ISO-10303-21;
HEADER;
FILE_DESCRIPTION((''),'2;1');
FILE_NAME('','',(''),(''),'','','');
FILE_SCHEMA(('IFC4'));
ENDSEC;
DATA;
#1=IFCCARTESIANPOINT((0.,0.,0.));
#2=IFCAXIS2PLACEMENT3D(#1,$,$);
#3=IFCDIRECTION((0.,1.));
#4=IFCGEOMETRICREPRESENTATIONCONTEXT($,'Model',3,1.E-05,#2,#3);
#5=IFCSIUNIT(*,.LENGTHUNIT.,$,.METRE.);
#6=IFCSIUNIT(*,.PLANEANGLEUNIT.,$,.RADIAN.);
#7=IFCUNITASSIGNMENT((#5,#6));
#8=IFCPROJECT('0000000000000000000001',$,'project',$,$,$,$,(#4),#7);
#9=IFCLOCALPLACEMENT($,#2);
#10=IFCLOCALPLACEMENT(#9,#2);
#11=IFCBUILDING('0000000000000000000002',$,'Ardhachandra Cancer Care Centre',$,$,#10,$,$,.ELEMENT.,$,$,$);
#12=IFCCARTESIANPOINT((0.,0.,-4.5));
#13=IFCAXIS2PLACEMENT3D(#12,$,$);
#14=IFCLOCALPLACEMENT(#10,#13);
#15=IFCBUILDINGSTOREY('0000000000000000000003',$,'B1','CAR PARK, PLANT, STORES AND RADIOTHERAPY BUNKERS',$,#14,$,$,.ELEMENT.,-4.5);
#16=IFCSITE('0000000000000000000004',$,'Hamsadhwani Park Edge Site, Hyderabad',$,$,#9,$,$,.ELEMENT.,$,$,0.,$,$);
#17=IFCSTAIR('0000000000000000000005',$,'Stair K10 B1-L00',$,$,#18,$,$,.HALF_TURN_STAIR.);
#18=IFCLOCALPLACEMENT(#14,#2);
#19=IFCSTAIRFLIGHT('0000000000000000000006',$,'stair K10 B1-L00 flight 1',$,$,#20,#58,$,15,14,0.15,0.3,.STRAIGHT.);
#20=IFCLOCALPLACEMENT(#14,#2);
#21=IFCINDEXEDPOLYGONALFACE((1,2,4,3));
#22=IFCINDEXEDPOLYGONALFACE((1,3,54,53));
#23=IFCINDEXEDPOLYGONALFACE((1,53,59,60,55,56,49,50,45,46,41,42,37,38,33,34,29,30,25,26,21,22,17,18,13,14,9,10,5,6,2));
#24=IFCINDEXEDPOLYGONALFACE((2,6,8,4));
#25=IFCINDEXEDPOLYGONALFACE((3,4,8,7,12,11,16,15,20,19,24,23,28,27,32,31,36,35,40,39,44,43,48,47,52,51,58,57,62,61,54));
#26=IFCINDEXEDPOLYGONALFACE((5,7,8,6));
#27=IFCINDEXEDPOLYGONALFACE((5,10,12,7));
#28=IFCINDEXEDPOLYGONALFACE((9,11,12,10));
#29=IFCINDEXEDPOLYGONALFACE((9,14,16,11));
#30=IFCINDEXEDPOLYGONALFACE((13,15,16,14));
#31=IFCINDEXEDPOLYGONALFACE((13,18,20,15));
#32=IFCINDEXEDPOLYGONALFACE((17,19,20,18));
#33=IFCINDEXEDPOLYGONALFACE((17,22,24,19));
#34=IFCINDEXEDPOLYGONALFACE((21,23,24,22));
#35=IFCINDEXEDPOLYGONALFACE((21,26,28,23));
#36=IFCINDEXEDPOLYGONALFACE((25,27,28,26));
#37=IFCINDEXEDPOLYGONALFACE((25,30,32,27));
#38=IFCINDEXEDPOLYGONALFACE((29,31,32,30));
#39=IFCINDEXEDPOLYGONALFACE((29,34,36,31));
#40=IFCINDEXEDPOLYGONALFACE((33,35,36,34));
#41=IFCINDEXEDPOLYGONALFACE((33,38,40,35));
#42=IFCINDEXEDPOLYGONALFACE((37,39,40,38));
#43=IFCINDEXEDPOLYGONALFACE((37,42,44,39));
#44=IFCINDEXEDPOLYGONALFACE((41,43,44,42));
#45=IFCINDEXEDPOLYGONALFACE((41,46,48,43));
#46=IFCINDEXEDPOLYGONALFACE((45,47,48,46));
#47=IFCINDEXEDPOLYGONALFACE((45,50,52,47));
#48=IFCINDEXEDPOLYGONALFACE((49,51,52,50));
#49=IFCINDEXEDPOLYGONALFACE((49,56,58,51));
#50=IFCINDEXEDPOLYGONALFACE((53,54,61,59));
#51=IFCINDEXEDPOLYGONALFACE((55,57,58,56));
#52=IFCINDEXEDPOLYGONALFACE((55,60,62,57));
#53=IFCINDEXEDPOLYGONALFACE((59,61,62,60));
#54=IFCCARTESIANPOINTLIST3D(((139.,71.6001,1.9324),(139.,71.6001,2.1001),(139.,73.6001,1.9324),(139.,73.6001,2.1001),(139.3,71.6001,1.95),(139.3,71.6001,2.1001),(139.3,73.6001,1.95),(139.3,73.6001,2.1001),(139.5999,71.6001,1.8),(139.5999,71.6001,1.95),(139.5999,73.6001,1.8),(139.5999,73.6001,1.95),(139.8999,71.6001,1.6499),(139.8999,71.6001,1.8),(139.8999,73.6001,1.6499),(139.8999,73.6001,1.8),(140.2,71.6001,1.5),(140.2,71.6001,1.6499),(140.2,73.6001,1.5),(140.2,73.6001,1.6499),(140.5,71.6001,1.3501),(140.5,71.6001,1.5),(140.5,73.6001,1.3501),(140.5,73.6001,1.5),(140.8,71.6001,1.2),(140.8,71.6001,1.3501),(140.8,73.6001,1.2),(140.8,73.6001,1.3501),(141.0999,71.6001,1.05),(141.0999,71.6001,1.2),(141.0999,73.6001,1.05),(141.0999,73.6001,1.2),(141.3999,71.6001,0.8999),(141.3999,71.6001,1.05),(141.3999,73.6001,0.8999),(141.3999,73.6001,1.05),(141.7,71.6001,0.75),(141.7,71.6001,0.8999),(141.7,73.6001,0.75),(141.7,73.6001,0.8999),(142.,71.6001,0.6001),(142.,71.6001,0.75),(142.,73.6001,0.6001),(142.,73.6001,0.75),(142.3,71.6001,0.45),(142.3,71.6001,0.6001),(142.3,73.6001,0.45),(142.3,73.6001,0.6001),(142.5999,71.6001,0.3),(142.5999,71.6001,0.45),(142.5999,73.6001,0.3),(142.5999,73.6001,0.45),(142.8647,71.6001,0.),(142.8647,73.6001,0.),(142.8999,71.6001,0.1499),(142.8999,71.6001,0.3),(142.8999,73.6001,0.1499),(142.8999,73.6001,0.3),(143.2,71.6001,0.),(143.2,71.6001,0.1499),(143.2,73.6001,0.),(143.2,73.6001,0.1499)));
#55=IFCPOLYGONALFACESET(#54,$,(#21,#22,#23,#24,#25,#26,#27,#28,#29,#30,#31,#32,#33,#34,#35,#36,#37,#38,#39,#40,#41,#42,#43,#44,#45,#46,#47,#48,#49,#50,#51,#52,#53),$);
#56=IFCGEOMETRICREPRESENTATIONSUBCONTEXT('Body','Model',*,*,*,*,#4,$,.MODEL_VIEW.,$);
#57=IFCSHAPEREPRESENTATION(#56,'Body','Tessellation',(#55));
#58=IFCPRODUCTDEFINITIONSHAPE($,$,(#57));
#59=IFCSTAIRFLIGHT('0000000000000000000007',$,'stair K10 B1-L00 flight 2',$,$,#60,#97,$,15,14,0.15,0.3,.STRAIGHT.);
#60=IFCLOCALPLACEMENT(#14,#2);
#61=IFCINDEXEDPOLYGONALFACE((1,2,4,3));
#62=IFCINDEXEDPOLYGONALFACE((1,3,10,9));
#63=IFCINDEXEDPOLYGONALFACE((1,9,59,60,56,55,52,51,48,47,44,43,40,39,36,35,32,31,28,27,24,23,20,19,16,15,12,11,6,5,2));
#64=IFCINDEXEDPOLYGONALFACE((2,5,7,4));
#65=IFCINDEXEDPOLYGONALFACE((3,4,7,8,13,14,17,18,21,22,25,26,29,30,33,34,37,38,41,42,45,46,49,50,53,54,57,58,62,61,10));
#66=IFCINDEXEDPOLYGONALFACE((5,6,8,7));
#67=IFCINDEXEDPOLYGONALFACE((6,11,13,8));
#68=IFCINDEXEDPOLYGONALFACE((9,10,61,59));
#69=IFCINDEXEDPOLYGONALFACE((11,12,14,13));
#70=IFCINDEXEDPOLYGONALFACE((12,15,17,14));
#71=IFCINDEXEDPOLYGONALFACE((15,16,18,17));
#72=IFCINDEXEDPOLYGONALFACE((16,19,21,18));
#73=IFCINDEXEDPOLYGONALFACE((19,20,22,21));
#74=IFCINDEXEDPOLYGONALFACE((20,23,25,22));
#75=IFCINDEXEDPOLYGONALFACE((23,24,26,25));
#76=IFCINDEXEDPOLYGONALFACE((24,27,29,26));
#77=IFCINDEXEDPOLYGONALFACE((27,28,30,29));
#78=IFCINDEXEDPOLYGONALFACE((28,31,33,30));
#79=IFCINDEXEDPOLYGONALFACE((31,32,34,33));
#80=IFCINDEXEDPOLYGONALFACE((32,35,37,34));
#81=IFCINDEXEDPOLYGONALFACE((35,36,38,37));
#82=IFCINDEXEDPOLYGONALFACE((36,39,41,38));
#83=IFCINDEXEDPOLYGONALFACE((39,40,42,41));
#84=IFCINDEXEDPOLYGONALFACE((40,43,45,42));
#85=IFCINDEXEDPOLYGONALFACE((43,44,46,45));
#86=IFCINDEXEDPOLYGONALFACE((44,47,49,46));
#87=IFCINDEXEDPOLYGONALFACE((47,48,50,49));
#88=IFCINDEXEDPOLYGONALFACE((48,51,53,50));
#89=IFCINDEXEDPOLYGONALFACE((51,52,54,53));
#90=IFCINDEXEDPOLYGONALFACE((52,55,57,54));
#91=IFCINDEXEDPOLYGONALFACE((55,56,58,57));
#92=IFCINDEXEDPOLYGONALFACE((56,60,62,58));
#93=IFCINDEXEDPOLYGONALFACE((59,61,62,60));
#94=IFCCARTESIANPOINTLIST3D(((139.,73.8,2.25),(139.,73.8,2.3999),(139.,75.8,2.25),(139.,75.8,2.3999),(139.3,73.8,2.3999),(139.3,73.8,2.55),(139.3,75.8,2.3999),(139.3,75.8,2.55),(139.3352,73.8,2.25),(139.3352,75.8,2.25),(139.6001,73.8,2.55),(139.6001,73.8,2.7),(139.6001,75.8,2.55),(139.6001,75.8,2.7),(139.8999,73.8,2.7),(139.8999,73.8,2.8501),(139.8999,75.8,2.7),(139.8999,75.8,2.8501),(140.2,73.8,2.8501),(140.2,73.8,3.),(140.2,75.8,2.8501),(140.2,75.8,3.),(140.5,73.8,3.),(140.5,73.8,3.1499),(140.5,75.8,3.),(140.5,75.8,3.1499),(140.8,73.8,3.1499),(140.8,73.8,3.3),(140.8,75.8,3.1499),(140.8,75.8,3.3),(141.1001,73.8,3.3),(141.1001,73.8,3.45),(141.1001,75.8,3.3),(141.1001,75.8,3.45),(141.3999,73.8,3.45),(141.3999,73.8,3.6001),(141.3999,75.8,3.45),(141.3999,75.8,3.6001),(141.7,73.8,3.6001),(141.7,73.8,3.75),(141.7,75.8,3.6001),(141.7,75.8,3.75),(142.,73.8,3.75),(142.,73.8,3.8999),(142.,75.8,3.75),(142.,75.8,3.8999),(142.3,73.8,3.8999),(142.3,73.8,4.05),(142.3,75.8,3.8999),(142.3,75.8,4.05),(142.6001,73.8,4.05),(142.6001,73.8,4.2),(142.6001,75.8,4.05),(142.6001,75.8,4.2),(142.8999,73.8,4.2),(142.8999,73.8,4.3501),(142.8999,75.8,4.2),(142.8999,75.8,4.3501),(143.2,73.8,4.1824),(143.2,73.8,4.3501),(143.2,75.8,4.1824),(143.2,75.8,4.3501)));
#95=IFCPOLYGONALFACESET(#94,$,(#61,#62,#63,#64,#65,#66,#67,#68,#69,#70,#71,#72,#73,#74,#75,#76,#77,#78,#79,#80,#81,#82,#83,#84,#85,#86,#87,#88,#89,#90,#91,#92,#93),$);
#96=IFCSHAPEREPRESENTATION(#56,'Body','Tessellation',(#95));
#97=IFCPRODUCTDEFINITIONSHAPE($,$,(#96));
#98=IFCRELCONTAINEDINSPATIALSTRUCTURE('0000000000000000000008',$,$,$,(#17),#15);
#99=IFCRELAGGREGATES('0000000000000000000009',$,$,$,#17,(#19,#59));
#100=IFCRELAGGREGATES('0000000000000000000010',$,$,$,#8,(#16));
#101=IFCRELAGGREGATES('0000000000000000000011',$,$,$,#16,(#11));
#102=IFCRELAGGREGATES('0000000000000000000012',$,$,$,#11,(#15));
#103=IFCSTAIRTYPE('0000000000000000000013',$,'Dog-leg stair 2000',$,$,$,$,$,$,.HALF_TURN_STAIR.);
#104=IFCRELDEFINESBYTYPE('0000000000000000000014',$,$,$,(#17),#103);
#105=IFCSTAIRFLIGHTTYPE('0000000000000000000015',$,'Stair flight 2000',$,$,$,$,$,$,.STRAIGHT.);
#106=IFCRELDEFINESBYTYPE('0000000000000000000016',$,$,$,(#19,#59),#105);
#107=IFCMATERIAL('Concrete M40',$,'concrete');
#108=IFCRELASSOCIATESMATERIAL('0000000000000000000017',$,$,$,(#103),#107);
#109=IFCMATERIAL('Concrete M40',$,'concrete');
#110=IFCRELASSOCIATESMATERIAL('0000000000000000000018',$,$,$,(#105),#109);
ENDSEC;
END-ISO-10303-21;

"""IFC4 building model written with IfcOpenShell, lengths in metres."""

from ifc_helpers import new_model, si_unit, direction, frame, origin, place, context, subcontext, project, spatial, polyline, outline, extrude, material, type_object, element, aggregate, save


model = new_model("IFC4")

# Units and contexts
model_context = context("Model", 3, precision=1e-05, world=origin(), true_north=direction((0.0, 1.0)))
body_context = subcontext(model_context, "Body", "Model", "MODEL_VIEW")
ifc_project = project(units=[si_unit("LENGTHUNIT", "METRE"), si_unit("PLANEANGLEUNIT", "RADIAN")], contexts=[model_context])

# Site, building, storey
site_placement = place(None, origin())
site = spatial("IfcSite", under=ifc_project, at=site_placement, Name="Hamsadhwani Park Edge Site, Hyderabad", CompositionType="ELEMENT", RefElevation=0.0)
building_placement = place(site_placement, origin())
building = spatial("IfcBuilding", under=site, at=building_placement, Name="Ardhachandra Cancer Care Centre", CompositionType="ELEMENT")
storey_placement = place(building_placement, frame((0.0, 0.0, -4.5)))
storey = spatial("IfcBuildingStorey", under=building, at=storey_placement, Name="B1", Description="CAR PARK, PLANT, STORES AND RADIOTHERAPY BUNKERS", CompositionType="ELEMENT", Elevation=-4.5)

# Stair, stair flights
ifc_material_1 = material(Name="Concrete M40", Category="concrete")
stair_type = type_object("IfcStairType", Name="Dog-leg stair 2000", PredefinedType="HALF_TURN_STAIR", material=ifc_material_1)
stair_placement = place(storey_placement, origin())
stair = element("IfcStair", 1, at=stair_placement, inside=storey, type_object=stair_type, Name="Stair K10 B1-L00", PredefinedType="HALF_TURN_STAIR")
ifc_material_2 = material(Name="Concrete M40", Category="concrete")
stair_flight_type = type_object("IfcStairFlightType", Name="Stair flight 2000", PredefinedType="STRAIGHT", material=ifc_material_2)
stair_flight_1_placement = place(storey_placement, frame((143.2, 72.6001, 0.0), z_axis=(0.0, 0.0, 1.0), x_axis=(-1.0, 0.0, 0.0)))
stair_flight_1 = element("IfcStairFlight", 2, at=stair_flight_1_placement, type_object=stair_flight_type, Name="stair K10 B1-L00 flight 1", NumberOfRisers=15, NumberOfTreads=14, PredefinedType="STRAIGHT", RiserHeight=0.15, TreadLength=0.3, context=body_context, shape_type="SweptSolid", body=[
    extrude(outline(polyline([(0.0, 0.0), (0.0, 0.1499), (0.3, 0.1499), (0.3, 0.3), (0.6001, 0.3), (0.6001, 0.45), (0.8999, 0.45), (0.8999, 0.6001), (1.2, 0.6001), (1.2, 0.75), (1.5, 0.75), (1.5, 0.8999), (1.8, 0.8999), (1.8, 1.05), (2.1001, 1.05), (2.1001, 1.2), (2.3999, 1.2), (2.3999, 1.3501), (2.7, 1.3501), (2.7, 1.5), (3.0, 1.5), (3.0, 1.6499), (3.3, 1.6499), (3.3, 1.8), (3.6001, 1.8), (3.6001, 1.95), (3.8999, 1.95), (3.8999, 2.1001), (4.2, 2.1001), (4.2, 2.25), (4.2, 1.9324), (0.3352, 0.0), (0.0, 0.0)])), frame((0.0, 1.0, 0.0), z_axis=(0.0, -1.0, 0.0), x_axis=(1.0, 0.0, 0.0)), (0.0, 0.0, 1.0), 2.0),
])
stair_flight_2_placement = place(storey_placement, frame((139.0, 74.8, 2.25), z_axis=(0.0, 0.0, 1.0), x_axis=(1.0, 0.0, 0.0)))
stair_flight_2 = element("IfcStairFlight", 3, at=stair_flight_2_placement, type_object=stair_flight_type, Name="stair K10 B1-L00 flight 2", NumberOfRisers=15, NumberOfTreads=14, PredefinedType="STRAIGHT", RiserHeight=0.15, TreadLength=0.3, context=body_context, shape_type="SweptSolid", body=[
    extrude(outline(polyline([(0.0, 0.0), (0.0, 0.1499), (0.3, 0.1499), (0.3, 0.3), (0.6001, 0.3), (0.6001, 0.45), (0.8999, 0.45), (0.8999, 0.6001), (1.2, 0.6001), (1.2, 0.75), (1.5, 0.75), (1.5, 0.8999), (1.8, 0.8999), (1.8, 1.05), (2.1001, 1.05), (2.1001, 1.2), (2.3999, 1.2), (2.3999, 1.3501), (2.7, 1.3501), (2.7, 1.5), (3.0, 1.5), (3.0, 1.6499), (3.3, 1.6499), (3.3, 1.8), (3.6001, 1.8), (3.6001, 1.95), (3.8999, 1.95), (3.8999, 2.1001), (4.2, 2.1001), (4.2, 2.25), (4.2, 1.9324), (0.3352, 0.0), (0.0, 0.0)])), frame((0.0, 1.0, 0.0), z_axis=(0.0, -1.0, 0.0), x_axis=(1.0, 0.0, 0.0)), (0.0, 0.0, 1.0), 2.0),
])
aggregate(stair, [stair_flight_1, stair_flight_2])

save(model, "model.ifc")
